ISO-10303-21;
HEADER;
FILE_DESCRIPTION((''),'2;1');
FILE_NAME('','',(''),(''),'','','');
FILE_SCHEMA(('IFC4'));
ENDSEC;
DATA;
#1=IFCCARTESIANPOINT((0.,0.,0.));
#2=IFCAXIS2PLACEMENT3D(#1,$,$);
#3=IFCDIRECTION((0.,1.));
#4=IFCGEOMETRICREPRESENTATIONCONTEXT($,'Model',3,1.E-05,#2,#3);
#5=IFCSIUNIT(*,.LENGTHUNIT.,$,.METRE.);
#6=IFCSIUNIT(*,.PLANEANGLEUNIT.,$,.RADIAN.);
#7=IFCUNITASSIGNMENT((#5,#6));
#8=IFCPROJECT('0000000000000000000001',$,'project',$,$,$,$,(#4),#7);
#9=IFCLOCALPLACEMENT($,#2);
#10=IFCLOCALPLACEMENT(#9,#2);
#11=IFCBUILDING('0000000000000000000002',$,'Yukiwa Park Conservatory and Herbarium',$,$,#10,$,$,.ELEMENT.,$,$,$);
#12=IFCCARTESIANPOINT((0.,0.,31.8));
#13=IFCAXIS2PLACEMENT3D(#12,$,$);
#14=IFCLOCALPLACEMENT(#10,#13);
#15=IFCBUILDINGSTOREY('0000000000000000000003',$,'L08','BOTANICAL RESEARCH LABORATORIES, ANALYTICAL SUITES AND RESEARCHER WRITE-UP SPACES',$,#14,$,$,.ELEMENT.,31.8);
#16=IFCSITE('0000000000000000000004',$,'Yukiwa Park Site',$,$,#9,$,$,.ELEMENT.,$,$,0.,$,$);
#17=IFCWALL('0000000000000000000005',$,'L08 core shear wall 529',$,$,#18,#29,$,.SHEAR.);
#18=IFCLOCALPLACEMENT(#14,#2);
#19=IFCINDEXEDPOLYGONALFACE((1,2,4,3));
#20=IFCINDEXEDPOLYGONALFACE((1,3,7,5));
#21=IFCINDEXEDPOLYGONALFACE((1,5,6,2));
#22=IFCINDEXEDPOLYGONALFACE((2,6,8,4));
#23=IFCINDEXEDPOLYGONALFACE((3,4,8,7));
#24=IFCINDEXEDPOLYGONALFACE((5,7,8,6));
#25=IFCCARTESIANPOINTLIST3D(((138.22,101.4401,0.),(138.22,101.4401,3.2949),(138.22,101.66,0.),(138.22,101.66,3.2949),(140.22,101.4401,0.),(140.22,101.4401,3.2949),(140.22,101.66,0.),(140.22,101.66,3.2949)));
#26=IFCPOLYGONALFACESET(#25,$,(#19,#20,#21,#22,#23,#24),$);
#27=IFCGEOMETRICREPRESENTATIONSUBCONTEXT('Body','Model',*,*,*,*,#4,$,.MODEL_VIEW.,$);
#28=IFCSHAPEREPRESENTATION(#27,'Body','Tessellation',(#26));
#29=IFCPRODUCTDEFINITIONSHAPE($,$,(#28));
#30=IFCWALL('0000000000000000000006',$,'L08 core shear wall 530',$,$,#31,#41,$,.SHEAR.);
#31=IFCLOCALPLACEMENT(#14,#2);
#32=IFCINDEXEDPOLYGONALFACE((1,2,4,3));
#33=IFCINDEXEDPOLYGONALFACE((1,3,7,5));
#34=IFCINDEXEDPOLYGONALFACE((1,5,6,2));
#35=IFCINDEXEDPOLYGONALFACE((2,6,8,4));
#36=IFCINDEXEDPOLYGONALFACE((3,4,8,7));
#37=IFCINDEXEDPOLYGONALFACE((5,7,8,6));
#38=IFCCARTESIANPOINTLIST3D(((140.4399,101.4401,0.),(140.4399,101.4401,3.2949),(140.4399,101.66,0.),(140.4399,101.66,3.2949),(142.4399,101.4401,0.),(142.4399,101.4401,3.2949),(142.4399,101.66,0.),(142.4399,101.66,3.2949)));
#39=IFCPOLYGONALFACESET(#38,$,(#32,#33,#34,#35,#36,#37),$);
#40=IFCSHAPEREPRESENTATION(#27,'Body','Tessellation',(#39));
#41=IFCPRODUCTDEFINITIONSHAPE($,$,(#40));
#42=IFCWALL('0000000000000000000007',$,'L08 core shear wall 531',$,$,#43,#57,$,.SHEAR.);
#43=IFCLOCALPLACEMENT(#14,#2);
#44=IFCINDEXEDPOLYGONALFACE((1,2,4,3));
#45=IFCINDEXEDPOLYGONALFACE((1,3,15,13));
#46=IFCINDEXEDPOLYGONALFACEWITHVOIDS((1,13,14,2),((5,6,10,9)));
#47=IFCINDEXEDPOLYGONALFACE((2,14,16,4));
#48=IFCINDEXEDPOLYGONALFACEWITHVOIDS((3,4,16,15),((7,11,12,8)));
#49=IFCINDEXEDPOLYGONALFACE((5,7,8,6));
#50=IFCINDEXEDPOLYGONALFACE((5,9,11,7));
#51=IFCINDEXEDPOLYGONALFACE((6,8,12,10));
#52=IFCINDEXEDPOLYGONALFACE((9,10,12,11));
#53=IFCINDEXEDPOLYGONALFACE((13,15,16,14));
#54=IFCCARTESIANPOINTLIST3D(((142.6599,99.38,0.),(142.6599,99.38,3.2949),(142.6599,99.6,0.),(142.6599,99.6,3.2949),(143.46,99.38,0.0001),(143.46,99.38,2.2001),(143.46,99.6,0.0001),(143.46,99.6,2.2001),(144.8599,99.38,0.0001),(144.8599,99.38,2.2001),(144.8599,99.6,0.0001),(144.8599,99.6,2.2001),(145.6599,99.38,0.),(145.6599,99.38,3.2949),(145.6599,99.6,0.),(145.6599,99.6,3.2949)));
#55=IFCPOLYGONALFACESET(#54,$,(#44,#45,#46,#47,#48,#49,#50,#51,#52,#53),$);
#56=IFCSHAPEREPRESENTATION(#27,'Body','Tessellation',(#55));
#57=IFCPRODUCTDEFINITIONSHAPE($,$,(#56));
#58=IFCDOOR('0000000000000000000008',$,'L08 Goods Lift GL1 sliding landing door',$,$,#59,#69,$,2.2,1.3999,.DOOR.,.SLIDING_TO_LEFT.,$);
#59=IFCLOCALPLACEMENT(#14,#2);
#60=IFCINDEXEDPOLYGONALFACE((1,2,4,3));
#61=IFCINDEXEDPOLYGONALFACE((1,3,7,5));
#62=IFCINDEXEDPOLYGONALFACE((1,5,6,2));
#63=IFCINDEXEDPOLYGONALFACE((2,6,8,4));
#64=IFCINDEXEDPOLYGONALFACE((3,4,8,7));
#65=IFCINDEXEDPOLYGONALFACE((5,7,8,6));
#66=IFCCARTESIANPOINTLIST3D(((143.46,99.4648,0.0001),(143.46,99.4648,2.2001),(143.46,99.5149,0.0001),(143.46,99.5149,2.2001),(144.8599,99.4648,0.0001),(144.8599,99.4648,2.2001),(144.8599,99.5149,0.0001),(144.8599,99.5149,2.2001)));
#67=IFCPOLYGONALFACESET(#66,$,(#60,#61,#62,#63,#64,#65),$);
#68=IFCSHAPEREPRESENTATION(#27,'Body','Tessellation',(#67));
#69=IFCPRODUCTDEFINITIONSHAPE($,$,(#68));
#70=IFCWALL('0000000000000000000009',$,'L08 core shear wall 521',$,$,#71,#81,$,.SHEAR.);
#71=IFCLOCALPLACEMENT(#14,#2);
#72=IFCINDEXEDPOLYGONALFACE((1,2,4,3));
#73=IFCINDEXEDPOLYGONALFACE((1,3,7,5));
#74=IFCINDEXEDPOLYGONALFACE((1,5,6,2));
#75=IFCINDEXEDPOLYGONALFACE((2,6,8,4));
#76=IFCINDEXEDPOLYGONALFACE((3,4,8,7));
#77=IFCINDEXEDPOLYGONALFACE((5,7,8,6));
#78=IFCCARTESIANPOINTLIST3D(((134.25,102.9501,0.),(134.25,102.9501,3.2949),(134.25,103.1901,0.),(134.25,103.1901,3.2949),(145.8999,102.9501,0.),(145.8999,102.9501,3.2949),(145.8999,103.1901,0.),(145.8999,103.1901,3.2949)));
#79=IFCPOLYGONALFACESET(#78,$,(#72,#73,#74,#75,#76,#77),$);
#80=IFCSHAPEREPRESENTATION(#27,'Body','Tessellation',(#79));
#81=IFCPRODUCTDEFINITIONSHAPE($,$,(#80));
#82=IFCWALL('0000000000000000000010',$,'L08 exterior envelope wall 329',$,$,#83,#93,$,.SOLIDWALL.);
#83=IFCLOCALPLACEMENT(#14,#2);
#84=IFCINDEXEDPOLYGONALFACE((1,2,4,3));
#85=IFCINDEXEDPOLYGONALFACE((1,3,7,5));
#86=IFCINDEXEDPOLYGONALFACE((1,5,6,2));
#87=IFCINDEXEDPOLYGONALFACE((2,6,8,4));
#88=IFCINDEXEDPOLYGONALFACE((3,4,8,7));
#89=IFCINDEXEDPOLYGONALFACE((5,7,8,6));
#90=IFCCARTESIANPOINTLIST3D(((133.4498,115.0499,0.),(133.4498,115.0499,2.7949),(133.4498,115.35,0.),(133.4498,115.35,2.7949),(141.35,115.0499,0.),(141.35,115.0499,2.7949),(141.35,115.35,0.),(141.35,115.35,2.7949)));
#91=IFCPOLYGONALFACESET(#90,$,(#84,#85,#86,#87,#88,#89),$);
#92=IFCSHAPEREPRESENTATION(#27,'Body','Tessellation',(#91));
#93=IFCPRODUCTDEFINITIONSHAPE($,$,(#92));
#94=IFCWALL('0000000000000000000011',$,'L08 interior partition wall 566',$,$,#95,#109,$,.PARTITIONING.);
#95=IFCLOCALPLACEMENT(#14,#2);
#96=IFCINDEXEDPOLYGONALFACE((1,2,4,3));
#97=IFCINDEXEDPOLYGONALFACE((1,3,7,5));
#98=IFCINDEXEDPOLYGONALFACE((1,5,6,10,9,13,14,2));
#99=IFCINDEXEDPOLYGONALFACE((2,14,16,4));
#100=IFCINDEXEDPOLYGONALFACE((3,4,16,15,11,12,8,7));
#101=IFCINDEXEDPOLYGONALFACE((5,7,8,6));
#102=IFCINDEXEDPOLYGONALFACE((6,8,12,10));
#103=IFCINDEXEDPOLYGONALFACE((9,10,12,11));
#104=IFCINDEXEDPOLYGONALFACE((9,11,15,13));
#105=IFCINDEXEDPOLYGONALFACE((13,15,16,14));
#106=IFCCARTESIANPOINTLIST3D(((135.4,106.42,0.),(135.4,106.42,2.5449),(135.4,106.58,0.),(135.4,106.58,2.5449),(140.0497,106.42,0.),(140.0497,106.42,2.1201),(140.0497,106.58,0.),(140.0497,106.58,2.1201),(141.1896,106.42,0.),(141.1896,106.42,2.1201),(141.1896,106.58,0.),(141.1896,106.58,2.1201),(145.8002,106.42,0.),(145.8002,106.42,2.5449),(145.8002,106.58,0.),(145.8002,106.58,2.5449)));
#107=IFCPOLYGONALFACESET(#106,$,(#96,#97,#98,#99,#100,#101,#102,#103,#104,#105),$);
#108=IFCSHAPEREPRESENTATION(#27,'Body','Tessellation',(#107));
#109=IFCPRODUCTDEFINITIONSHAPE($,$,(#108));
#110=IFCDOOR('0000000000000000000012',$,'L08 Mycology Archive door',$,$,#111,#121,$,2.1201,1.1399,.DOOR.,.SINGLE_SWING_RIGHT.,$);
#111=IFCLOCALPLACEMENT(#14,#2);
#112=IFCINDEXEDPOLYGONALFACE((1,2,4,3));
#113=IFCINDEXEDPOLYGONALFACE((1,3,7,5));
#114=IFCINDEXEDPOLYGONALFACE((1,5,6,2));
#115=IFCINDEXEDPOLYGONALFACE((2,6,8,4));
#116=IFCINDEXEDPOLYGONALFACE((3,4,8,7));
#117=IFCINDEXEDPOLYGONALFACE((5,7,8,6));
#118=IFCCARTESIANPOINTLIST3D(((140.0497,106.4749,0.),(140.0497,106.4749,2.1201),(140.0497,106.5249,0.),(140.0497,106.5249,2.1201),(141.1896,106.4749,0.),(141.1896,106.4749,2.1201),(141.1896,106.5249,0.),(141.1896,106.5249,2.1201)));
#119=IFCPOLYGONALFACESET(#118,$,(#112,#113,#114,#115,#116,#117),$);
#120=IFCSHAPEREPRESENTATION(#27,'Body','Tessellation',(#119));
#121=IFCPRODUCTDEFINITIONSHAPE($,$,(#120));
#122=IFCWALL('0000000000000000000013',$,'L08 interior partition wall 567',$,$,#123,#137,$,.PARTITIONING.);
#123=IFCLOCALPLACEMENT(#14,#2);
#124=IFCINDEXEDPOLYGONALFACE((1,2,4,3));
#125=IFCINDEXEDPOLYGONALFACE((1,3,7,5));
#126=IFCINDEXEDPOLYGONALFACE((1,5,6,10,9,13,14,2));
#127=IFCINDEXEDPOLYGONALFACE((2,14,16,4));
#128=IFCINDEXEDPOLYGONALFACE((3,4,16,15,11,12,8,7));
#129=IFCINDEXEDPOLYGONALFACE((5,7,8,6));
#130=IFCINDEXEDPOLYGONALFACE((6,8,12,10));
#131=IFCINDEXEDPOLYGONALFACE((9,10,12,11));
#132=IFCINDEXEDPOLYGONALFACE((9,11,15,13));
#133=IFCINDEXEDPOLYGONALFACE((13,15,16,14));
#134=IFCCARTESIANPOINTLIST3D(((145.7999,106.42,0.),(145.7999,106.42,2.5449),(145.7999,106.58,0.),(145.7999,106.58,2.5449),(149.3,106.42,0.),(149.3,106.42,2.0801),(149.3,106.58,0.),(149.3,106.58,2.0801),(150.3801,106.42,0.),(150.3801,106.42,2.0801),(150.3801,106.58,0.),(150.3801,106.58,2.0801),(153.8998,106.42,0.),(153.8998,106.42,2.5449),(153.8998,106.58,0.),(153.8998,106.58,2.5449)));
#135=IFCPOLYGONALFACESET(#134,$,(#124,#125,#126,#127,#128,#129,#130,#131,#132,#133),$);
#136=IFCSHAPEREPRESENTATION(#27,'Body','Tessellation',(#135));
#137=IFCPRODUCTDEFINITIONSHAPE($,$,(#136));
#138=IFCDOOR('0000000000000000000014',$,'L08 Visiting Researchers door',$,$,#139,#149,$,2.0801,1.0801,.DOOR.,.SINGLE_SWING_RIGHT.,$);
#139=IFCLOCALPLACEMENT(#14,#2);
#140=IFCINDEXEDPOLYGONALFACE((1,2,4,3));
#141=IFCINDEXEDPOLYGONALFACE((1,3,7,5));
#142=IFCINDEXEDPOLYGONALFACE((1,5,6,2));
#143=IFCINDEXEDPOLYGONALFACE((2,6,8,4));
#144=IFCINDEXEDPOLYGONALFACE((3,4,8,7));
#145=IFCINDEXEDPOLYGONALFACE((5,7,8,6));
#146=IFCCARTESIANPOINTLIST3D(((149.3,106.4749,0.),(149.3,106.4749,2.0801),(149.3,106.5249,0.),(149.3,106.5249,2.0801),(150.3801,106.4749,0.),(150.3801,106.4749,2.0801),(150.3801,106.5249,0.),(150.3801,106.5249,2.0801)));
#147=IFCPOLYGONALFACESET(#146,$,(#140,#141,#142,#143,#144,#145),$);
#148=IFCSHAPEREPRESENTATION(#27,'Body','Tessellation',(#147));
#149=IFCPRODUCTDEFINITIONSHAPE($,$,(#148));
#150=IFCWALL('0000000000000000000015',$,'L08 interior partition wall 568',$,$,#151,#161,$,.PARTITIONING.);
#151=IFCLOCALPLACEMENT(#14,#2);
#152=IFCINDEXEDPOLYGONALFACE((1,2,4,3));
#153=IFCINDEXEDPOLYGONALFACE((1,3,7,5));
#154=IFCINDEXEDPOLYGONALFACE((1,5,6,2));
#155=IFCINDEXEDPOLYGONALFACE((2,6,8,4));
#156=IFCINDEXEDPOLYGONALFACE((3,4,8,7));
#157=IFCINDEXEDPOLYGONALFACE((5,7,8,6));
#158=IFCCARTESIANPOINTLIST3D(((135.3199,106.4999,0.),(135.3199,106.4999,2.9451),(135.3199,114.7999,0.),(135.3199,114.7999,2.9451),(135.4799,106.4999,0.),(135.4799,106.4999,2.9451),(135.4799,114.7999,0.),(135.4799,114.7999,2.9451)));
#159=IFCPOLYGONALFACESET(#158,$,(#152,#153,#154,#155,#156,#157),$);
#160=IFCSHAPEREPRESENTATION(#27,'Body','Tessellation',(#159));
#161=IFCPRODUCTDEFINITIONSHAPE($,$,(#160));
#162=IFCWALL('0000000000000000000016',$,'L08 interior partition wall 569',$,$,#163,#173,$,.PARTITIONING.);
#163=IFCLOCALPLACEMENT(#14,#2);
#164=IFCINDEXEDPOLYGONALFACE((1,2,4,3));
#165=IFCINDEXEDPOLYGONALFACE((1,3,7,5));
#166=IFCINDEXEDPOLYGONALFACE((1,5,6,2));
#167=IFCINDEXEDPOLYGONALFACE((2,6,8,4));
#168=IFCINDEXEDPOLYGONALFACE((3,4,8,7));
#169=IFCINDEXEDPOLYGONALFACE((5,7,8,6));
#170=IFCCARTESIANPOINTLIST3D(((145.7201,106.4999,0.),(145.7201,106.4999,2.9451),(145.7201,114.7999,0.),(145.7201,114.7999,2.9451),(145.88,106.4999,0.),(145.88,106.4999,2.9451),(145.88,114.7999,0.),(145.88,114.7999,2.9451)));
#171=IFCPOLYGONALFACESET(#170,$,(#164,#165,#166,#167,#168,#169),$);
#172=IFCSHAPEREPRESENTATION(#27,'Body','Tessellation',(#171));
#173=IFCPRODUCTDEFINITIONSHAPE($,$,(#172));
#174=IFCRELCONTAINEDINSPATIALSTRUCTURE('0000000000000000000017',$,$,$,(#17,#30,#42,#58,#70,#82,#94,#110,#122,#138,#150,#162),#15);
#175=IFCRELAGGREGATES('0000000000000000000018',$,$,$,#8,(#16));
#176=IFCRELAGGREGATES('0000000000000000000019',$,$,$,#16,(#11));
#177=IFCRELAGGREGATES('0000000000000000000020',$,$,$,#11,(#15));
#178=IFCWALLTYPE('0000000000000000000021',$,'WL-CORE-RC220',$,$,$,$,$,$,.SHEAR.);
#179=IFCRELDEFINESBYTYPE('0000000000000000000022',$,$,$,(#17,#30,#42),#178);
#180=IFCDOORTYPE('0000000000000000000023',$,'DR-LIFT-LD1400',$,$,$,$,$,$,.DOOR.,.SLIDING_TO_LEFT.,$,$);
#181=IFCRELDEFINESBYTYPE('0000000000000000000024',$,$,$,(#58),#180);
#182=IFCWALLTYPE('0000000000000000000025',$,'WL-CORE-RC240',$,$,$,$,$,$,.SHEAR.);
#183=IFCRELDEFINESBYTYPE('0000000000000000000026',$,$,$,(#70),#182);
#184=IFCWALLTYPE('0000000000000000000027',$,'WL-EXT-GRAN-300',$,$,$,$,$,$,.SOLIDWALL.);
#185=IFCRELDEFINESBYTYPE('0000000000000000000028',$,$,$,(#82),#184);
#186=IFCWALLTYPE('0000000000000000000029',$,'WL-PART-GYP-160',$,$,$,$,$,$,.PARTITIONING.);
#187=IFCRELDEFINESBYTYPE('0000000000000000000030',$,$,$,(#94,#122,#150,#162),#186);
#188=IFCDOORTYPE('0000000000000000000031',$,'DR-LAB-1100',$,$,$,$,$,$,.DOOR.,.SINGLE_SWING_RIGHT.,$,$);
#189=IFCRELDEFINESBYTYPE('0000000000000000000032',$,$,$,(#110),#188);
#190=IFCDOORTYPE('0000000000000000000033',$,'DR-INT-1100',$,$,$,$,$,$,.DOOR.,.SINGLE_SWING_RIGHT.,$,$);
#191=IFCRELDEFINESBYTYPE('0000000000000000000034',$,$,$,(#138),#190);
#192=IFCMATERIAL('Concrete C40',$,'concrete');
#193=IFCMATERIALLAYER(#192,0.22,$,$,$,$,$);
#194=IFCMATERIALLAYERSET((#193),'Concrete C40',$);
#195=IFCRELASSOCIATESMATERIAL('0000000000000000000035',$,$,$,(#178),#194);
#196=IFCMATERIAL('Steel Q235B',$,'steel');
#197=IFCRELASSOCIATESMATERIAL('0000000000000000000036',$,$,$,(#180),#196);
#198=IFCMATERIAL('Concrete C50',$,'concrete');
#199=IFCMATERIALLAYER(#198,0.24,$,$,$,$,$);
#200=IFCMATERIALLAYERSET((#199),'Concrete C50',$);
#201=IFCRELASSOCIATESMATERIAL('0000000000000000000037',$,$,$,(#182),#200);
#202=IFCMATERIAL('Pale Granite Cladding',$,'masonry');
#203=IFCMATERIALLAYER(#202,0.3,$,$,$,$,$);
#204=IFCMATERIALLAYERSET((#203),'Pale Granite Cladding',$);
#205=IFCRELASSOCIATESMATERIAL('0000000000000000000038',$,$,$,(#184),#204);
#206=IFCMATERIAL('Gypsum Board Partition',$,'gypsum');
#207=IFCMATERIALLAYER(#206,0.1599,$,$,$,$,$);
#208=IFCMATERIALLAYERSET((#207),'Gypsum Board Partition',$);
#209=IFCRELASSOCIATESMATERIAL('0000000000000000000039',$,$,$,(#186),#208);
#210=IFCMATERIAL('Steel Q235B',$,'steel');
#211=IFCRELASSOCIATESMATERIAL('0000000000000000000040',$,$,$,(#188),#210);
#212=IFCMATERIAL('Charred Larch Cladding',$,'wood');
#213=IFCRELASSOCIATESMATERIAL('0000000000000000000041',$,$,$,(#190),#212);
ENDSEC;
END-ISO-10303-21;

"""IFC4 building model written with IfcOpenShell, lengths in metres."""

from ifc_helpers import new_model, si_unit, direction, frame, frame_2d, origin, place, context, subcontext, project, spatial, rectangle, extrude, material, layer, layer_set, type_object, element, fill, save


model = new_model("IFC4")

# Units and contexts
model_context = context("Model", 3, precision=1e-05, world=origin(), true_north=direction((0.0, 1.0)))
body_context = subcontext(model_context, "Body", "Model", "MODEL_VIEW")
ifc_project = project(units=[si_unit("LENGTHUNIT", "METRE"), si_unit("PLANEANGLEUNIT", "RADIAN")], contexts=[model_context])

# Site, building, storey
site_placement = place(None, origin())
site = spatial("IfcSite", under=ifc_project, at=site_placement, Name="Yukiwa Park Site", CompositionType="ELEMENT", RefElevation=0.0)
building_placement = place(site_placement, origin())
building = spatial("IfcBuilding", under=site, at=building_placement, Name="Yukiwa Park Conservatory and Herbarium", CompositionType="ELEMENT")
storey_placement = place(building_placement, frame((0.0, 0.0, 31.8)))
storey = spatial("IfcBuildingStorey", under=building, at=storey_placement, Name="L08", Description="BOTANICAL RESEARCH LABORATORIES, ANALYTICAL SUITES AND RESEARCHER WRITE-UP SPACES", CompositionType="ELEMENT", Elevation=31.8)

# Walls
ifc_material_1 = material(Name="Concrete C40", Category="concrete")
ifc_layer_1 = layer(ifc_material_1, 0.22)
ifc_layer_set_1 = layer_set([ifc_layer_1], Name="Concrete C40")
wall_type_1 = type_object("IfcWallType", Name="WL-CORE-RC220", PredefinedType="SHEAR", material=ifc_layer_set_1)
for number, where, z_axis, x_axis, name in (
    (1, (138.22, 101.55, 0.0), (0.0, 0.0, 1.0), (1.0, 0.0, 0.0), "L08 core shear wall 529"),
    (2, (140.4399, 101.55, 0.0), (0.0, 0.0, 1.0), (1.0, 0.0, 0.0), "L08 core shear wall 530"),
):
    element("IfcWall", number, at=place(storey_placement, frame(where, z_axis=z_axis, x_axis=x_axis)), inside=storey, type_object=wall_type_1, Name=name, PredefinedType="SHEAR", context=body_context, shape_type="SweptSolid", body=[
        extrude(rectangle(XDim=2.0, YDim=0.22, at=frame_2d((1.0, 0.0))), origin(), (0.0, 0.0, 1.0), 3.2949),
    ])

# Wall, opening, door
wall_1_placement = place(storey_placement, frame((142.6599, 99.49, 0.0), z_axis=(0.0, 0.0, 1.0), x_axis=(1.0, 0.0, 0.0)))
wall_1 = element("IfcWall", 3, at=wall_1_placement, inside=storey, type_object=wall_type_1, Name="L08 core shear wall 531", PredefinedType="SHEAR", context=body_context, shape_type="SweptSolid", body=[
    extrude(rectangle(XDim=3.0, YDim=0.22, at=frame_2d((1.5, 0.0))), origin(), (0.0, 0.0, 1.0), 3.2949),
])
opening_1_placement = place(wall_1_placement, frame((0.8, 0.0, 0.0)))
opening_1 = element("IfcOpeningElement", 4, at=opening_1_placement, cuts=wall_1, PredefinedType="OPENING", context=body_context, shape_type="SweptSolid", body=[
    extrude(rectangle(XDim=1.3999, YDim=2.2, at=frame_2d((0.7, 1.1001))), frame((0.0, 0.1201, 0.0), z_axis=(0.0, -1.0, 0.0), x_axis=(1.0, 0.0, 0.0)), (0.0, 0.0, 1.0), 0.24),
])
ifc_material_2 = material(Name="Steel Q235B", Category="steel")
door_type_1 = type_object("IfcDoorType", Name="DR-LIFT-LD1400", OperationType="SLIDING_TO_LEFT", PredefinedType="DOOR", material=ifc_material_2)
door_1_placement = place(opening_1_placement, origin())
door_1 = element("IfcDoor", 5, at=door_1_placement, inside=storey, type_object=door_type_1, Name="L08 Goods Lift GL1 sliding landing door", OperationType="SLIDING_TO_LEFT", OverallHeight=2.2, OverallWidth=1.3999, PredefinedType="DOOR", context=body_context, shape_type="SweptSolid", body=[
    extrude(rectangle(XDim=1.3999, YDim=2.2, at=frame_2d((0.7, 1.1001))), frame((0.0, 0.0249, 0.0), z_axis=(0.0, -1.0, 0.0), x_axis=(1.0, 0.0, 0.0)), (0.0, 0.0, 1.0), 0.05),
])
fill(opening_1, door_1)

# Walls
ifc_material_3 = material(Name="Concrete C50", Category="concrete")
ifc_layer_2 = layer(ifc_material_3, 0.24)
ifc_layer_set_2 = layer_set([ifc_layer_2], Name="Concrete C50")
wall_type_2 = type_object("IfcWallType", Name="WL-CORE-RC240", PredefinedType="SHEAR", material=ifc_layer_set_2)
wall_2_placement = place(storey_placement, frame((134.25, 103.0701, 0.0), z_axis=(0.0, 0.0, 1.0), x_axis=(1.0, 0.0, 0.0)))
element("IfcWall", 6, at=wall_2_placement, inside=storey, type_object=wall_type_2, Name="L08 core shear wall 521", PredefinedType="SHEAR", context=body_context, shape_type="SweptSolid", body=[
    extrude(rectangle(XDim=11.6499, YDim=0.24, at=frame_2d((5.825, 0.0))), origin(), (0.0, 0.0, 1.0), 3.2949),
])
ifc_material_4 = material(Name="Pale Granite Cladding", Category="masonry")
ifc_layer_3 = layer(ifc_material_4, 0.3)
ifc_layer_set_3 = layer_set([ifc_layer_3], Name="Pale Granite Cladding")
wall_type_3 = type_object("IfcWallType", Name="WL-EXT-GRAN-300", PredefinedType="SOLIDWALL", material=ifc_layer_set_3)
wall_3_placement = place(storey_placement, frame((141.3501, 115.2, 0.0), z_axis=(0.0, 0.0, 1.0), x_axis=(-1.0, 0.0, 0.0)))
element("IfcWall", 7, at=wall_3_placement, inside=storey, type_object=wall_type_3, Name="L08 exterior envelope wall 329", PredefinedType="SOLIDWALL", context=body_context, shape_type="SweptSolid", body=[
    extrude(rectangle(XDim=7.9001, YDim=0.3, at=frame_2d((3.9502, 0.0))), origin(), (0.0, 0.0, 1.0), 2.7949),
])

# Walls, openings, doors
ifc_material_5 = material(Name="Gypsum Board Partition", Category="gypsum")
ifc_layer_4 = layer(ifc_material_5, 0.1599)
ifc_layer_set_4 = layer_set([ifc_layer_4], Name="Gypsum Board Partition")
wall_type_4 = type_object("IfcWallType", Name="WL-PART-GYP-160", PredefinedType="PARTITIONING", material=ifc_layer_set_4)
wall_4_placement = place(storey_placement, frame((135.3999, 106.5, 0.0), z_axis=(0.0, 0.0, 1.0), x_axis=(1.0, 0.0, 0.0)))
wall_4 = element("IfcWall", 8, at=wall_4_placement, inside=storey, type_object=wall_type_4, Name="L08 interior partition wall 566", PredefinedType="PARTITIONING", context=body_context, shape_type="SweptSolid", body=[
    extrude(rectangle(XDim=10.4001, YDim=0.1599, at=frame_2d((5.2002, 0.0))), origin(), (0.0, 0.0, 1.0), 2.5449),
])
opening_2_placement = place(wall_4_placement, frame((4.6499, 0.0, 0.0)))
opening_2 = element("IfcOpeningElement", 9, at=opening_2_placement, cuts=wall_4, PredefinedType="OPENING", context=body_context, shape_type="SweptSolid", body=[
    extrude(rectangle(XDim=1.1399, YDim=2.1201, at=frame_2d((0.5698, 1.0601))), frame((0.0, 0.0898, 0.0), z_axis=(0.0, -1.0, 0.0), x_axis=(1.0, 0.0, 0.0)), (0.0, 0.0, 1.0), 0.1799),
])
ifc_material_6 = material(Name="Steel Q235B", Category="steel")
door_type_2 = type_object("IfcDoorType", Name="DR-LAB-1100", OperationType="SINGLE_SWING_RIGHT", PredefinedType="DOOR", material=ifc_material_6)
door_2_placement = place(opening_2_placement, origin())
door_2 = element("IfcDoor", 10, at=door_2_placement, inside=storey, type_object=door_type_2, Name="L08 Mycology Archive door", OperationType="SINGLE_SWING_RIGHT", OverallHeight=2.1201, OverallWidth=1.1399, PredefinedType="DOOR", context=body_context, shape_type="SweptSolid", body=[
    extrude(rectangle(XDim=1.1399, YDim=2.1201, at=frame_2d((0.5698, 1.0601))), frame((0.0, 0.0249, 0.0), z_axis=(0.0, -1.0, 0.0), x_axis=(1.0, 0.0, 0.0)), (0.0, 0.0, 1.0), 0.05),
])
fill(opening_2, door_2)
wall_5_placement = place(storey_placement, frame((145.8, 106.5, 0.0), z_axis=(0.0, 0.0, 1.0), x_axis=(1.0, 0.0, 0.0)))
wall_5 = element("IfcWall", 11, at=wall_5_placement, inside=storey, type_object=wall_type_4, Name="L08 interior partition wall 567", PredefinedType="PARTITIONING", context=body_context, shape_type="SweptSolid", body=[
    extrude(rectangle(XDim=8.0999, YDim=0.1599, at=frame_2d((4.0498, 0.0))), origin(), (0.0, 0.0, 1.0), 2.5449),
])
opening_3_placement = place(wall_5_placement, frame((3.5, 0.0, 0.0)))
opening_3 = element("IfcOpeningElement", 12, at=opening_3_placement, cuts=wall_5, PredefinedType="OPENING", context=body_context, shape_type="SweptSolid", body=[
    extrude(rectangle(XDim=1.0801, YDim=2.0801, at=frame_2d((0.54, 1.04))), frame((0.0, 0.0898, 0.0), z_axis=(0.0, -1.0, 0.0), x_axis=(1.0, 0.0, 0.0)), (0.0, 0.0, 1.0), 0.1799),
])
ifc_material_7 = material(Name="Charred Larch Cladding", Category="wood")
door_type_3 = type_object("IfcDoorType", Name="DR-INT-1100", OperationType="SINGLE_SWING_RIGHT", PredefinedType="DOOR", material=ifc_material_7)
door_3_placement = place(opening_3_placement, origin())
door_3 = element("IfcDoor", 13, at=door_3_placement, inside=storey, type_object=door_type_3, Name="L08 Visiting Researchers door", OperationType="SINGLE_SWING_RIGHT", OverallHeight=2.0801, OverallWidth=1.0801, PredefinedType="DOOR", context=body_context, shape_type="SweptSolid", body=[
    extrude(rectangle(XDim=1.0801, YDim=2.0801, at=frame_2d((0.54, 1.04))), frame((0.0, 0.0249, 0.0), z_axis=(0.0, -1.0, 0.0), x_axis=(1.0, 0.0, 0.0)), (0.0, 0.0, 1.0), 0.05),
])
fill(opening_3, door_3)

# Walls
for number, where, z_axis, x_axis, name in (
    (14, (135.3999, 106.5, 0.0), (0.0, 0.0, 1.0), (0.0, 1.0, 0.0), "L08 interior partition wall 568"),
    (15, (145.8, 106.5, 0.0), (0.0, 0.0, 1.0), (0.0, 1.0, 0.0), "L08 interior partition wall 569"),
):
    element("IfcWall", number, at=place(storey_placement, frame(where, z_axis=z_axis, x_axis=x_axis)), inside=storey, type_object=wall_type_4, Name=name, PredefinedType="PARTITIONING", context=body_context, shape_type="SweptSolid", body=[
        extrude(rectangle(XDim=8.3, YDim=0.1599, at=frame_2d((4.1499, 0.0))), origin(), (0.0, 0.0, 1.0), 2.9451),
    ])

save(model, "model.ifc")
